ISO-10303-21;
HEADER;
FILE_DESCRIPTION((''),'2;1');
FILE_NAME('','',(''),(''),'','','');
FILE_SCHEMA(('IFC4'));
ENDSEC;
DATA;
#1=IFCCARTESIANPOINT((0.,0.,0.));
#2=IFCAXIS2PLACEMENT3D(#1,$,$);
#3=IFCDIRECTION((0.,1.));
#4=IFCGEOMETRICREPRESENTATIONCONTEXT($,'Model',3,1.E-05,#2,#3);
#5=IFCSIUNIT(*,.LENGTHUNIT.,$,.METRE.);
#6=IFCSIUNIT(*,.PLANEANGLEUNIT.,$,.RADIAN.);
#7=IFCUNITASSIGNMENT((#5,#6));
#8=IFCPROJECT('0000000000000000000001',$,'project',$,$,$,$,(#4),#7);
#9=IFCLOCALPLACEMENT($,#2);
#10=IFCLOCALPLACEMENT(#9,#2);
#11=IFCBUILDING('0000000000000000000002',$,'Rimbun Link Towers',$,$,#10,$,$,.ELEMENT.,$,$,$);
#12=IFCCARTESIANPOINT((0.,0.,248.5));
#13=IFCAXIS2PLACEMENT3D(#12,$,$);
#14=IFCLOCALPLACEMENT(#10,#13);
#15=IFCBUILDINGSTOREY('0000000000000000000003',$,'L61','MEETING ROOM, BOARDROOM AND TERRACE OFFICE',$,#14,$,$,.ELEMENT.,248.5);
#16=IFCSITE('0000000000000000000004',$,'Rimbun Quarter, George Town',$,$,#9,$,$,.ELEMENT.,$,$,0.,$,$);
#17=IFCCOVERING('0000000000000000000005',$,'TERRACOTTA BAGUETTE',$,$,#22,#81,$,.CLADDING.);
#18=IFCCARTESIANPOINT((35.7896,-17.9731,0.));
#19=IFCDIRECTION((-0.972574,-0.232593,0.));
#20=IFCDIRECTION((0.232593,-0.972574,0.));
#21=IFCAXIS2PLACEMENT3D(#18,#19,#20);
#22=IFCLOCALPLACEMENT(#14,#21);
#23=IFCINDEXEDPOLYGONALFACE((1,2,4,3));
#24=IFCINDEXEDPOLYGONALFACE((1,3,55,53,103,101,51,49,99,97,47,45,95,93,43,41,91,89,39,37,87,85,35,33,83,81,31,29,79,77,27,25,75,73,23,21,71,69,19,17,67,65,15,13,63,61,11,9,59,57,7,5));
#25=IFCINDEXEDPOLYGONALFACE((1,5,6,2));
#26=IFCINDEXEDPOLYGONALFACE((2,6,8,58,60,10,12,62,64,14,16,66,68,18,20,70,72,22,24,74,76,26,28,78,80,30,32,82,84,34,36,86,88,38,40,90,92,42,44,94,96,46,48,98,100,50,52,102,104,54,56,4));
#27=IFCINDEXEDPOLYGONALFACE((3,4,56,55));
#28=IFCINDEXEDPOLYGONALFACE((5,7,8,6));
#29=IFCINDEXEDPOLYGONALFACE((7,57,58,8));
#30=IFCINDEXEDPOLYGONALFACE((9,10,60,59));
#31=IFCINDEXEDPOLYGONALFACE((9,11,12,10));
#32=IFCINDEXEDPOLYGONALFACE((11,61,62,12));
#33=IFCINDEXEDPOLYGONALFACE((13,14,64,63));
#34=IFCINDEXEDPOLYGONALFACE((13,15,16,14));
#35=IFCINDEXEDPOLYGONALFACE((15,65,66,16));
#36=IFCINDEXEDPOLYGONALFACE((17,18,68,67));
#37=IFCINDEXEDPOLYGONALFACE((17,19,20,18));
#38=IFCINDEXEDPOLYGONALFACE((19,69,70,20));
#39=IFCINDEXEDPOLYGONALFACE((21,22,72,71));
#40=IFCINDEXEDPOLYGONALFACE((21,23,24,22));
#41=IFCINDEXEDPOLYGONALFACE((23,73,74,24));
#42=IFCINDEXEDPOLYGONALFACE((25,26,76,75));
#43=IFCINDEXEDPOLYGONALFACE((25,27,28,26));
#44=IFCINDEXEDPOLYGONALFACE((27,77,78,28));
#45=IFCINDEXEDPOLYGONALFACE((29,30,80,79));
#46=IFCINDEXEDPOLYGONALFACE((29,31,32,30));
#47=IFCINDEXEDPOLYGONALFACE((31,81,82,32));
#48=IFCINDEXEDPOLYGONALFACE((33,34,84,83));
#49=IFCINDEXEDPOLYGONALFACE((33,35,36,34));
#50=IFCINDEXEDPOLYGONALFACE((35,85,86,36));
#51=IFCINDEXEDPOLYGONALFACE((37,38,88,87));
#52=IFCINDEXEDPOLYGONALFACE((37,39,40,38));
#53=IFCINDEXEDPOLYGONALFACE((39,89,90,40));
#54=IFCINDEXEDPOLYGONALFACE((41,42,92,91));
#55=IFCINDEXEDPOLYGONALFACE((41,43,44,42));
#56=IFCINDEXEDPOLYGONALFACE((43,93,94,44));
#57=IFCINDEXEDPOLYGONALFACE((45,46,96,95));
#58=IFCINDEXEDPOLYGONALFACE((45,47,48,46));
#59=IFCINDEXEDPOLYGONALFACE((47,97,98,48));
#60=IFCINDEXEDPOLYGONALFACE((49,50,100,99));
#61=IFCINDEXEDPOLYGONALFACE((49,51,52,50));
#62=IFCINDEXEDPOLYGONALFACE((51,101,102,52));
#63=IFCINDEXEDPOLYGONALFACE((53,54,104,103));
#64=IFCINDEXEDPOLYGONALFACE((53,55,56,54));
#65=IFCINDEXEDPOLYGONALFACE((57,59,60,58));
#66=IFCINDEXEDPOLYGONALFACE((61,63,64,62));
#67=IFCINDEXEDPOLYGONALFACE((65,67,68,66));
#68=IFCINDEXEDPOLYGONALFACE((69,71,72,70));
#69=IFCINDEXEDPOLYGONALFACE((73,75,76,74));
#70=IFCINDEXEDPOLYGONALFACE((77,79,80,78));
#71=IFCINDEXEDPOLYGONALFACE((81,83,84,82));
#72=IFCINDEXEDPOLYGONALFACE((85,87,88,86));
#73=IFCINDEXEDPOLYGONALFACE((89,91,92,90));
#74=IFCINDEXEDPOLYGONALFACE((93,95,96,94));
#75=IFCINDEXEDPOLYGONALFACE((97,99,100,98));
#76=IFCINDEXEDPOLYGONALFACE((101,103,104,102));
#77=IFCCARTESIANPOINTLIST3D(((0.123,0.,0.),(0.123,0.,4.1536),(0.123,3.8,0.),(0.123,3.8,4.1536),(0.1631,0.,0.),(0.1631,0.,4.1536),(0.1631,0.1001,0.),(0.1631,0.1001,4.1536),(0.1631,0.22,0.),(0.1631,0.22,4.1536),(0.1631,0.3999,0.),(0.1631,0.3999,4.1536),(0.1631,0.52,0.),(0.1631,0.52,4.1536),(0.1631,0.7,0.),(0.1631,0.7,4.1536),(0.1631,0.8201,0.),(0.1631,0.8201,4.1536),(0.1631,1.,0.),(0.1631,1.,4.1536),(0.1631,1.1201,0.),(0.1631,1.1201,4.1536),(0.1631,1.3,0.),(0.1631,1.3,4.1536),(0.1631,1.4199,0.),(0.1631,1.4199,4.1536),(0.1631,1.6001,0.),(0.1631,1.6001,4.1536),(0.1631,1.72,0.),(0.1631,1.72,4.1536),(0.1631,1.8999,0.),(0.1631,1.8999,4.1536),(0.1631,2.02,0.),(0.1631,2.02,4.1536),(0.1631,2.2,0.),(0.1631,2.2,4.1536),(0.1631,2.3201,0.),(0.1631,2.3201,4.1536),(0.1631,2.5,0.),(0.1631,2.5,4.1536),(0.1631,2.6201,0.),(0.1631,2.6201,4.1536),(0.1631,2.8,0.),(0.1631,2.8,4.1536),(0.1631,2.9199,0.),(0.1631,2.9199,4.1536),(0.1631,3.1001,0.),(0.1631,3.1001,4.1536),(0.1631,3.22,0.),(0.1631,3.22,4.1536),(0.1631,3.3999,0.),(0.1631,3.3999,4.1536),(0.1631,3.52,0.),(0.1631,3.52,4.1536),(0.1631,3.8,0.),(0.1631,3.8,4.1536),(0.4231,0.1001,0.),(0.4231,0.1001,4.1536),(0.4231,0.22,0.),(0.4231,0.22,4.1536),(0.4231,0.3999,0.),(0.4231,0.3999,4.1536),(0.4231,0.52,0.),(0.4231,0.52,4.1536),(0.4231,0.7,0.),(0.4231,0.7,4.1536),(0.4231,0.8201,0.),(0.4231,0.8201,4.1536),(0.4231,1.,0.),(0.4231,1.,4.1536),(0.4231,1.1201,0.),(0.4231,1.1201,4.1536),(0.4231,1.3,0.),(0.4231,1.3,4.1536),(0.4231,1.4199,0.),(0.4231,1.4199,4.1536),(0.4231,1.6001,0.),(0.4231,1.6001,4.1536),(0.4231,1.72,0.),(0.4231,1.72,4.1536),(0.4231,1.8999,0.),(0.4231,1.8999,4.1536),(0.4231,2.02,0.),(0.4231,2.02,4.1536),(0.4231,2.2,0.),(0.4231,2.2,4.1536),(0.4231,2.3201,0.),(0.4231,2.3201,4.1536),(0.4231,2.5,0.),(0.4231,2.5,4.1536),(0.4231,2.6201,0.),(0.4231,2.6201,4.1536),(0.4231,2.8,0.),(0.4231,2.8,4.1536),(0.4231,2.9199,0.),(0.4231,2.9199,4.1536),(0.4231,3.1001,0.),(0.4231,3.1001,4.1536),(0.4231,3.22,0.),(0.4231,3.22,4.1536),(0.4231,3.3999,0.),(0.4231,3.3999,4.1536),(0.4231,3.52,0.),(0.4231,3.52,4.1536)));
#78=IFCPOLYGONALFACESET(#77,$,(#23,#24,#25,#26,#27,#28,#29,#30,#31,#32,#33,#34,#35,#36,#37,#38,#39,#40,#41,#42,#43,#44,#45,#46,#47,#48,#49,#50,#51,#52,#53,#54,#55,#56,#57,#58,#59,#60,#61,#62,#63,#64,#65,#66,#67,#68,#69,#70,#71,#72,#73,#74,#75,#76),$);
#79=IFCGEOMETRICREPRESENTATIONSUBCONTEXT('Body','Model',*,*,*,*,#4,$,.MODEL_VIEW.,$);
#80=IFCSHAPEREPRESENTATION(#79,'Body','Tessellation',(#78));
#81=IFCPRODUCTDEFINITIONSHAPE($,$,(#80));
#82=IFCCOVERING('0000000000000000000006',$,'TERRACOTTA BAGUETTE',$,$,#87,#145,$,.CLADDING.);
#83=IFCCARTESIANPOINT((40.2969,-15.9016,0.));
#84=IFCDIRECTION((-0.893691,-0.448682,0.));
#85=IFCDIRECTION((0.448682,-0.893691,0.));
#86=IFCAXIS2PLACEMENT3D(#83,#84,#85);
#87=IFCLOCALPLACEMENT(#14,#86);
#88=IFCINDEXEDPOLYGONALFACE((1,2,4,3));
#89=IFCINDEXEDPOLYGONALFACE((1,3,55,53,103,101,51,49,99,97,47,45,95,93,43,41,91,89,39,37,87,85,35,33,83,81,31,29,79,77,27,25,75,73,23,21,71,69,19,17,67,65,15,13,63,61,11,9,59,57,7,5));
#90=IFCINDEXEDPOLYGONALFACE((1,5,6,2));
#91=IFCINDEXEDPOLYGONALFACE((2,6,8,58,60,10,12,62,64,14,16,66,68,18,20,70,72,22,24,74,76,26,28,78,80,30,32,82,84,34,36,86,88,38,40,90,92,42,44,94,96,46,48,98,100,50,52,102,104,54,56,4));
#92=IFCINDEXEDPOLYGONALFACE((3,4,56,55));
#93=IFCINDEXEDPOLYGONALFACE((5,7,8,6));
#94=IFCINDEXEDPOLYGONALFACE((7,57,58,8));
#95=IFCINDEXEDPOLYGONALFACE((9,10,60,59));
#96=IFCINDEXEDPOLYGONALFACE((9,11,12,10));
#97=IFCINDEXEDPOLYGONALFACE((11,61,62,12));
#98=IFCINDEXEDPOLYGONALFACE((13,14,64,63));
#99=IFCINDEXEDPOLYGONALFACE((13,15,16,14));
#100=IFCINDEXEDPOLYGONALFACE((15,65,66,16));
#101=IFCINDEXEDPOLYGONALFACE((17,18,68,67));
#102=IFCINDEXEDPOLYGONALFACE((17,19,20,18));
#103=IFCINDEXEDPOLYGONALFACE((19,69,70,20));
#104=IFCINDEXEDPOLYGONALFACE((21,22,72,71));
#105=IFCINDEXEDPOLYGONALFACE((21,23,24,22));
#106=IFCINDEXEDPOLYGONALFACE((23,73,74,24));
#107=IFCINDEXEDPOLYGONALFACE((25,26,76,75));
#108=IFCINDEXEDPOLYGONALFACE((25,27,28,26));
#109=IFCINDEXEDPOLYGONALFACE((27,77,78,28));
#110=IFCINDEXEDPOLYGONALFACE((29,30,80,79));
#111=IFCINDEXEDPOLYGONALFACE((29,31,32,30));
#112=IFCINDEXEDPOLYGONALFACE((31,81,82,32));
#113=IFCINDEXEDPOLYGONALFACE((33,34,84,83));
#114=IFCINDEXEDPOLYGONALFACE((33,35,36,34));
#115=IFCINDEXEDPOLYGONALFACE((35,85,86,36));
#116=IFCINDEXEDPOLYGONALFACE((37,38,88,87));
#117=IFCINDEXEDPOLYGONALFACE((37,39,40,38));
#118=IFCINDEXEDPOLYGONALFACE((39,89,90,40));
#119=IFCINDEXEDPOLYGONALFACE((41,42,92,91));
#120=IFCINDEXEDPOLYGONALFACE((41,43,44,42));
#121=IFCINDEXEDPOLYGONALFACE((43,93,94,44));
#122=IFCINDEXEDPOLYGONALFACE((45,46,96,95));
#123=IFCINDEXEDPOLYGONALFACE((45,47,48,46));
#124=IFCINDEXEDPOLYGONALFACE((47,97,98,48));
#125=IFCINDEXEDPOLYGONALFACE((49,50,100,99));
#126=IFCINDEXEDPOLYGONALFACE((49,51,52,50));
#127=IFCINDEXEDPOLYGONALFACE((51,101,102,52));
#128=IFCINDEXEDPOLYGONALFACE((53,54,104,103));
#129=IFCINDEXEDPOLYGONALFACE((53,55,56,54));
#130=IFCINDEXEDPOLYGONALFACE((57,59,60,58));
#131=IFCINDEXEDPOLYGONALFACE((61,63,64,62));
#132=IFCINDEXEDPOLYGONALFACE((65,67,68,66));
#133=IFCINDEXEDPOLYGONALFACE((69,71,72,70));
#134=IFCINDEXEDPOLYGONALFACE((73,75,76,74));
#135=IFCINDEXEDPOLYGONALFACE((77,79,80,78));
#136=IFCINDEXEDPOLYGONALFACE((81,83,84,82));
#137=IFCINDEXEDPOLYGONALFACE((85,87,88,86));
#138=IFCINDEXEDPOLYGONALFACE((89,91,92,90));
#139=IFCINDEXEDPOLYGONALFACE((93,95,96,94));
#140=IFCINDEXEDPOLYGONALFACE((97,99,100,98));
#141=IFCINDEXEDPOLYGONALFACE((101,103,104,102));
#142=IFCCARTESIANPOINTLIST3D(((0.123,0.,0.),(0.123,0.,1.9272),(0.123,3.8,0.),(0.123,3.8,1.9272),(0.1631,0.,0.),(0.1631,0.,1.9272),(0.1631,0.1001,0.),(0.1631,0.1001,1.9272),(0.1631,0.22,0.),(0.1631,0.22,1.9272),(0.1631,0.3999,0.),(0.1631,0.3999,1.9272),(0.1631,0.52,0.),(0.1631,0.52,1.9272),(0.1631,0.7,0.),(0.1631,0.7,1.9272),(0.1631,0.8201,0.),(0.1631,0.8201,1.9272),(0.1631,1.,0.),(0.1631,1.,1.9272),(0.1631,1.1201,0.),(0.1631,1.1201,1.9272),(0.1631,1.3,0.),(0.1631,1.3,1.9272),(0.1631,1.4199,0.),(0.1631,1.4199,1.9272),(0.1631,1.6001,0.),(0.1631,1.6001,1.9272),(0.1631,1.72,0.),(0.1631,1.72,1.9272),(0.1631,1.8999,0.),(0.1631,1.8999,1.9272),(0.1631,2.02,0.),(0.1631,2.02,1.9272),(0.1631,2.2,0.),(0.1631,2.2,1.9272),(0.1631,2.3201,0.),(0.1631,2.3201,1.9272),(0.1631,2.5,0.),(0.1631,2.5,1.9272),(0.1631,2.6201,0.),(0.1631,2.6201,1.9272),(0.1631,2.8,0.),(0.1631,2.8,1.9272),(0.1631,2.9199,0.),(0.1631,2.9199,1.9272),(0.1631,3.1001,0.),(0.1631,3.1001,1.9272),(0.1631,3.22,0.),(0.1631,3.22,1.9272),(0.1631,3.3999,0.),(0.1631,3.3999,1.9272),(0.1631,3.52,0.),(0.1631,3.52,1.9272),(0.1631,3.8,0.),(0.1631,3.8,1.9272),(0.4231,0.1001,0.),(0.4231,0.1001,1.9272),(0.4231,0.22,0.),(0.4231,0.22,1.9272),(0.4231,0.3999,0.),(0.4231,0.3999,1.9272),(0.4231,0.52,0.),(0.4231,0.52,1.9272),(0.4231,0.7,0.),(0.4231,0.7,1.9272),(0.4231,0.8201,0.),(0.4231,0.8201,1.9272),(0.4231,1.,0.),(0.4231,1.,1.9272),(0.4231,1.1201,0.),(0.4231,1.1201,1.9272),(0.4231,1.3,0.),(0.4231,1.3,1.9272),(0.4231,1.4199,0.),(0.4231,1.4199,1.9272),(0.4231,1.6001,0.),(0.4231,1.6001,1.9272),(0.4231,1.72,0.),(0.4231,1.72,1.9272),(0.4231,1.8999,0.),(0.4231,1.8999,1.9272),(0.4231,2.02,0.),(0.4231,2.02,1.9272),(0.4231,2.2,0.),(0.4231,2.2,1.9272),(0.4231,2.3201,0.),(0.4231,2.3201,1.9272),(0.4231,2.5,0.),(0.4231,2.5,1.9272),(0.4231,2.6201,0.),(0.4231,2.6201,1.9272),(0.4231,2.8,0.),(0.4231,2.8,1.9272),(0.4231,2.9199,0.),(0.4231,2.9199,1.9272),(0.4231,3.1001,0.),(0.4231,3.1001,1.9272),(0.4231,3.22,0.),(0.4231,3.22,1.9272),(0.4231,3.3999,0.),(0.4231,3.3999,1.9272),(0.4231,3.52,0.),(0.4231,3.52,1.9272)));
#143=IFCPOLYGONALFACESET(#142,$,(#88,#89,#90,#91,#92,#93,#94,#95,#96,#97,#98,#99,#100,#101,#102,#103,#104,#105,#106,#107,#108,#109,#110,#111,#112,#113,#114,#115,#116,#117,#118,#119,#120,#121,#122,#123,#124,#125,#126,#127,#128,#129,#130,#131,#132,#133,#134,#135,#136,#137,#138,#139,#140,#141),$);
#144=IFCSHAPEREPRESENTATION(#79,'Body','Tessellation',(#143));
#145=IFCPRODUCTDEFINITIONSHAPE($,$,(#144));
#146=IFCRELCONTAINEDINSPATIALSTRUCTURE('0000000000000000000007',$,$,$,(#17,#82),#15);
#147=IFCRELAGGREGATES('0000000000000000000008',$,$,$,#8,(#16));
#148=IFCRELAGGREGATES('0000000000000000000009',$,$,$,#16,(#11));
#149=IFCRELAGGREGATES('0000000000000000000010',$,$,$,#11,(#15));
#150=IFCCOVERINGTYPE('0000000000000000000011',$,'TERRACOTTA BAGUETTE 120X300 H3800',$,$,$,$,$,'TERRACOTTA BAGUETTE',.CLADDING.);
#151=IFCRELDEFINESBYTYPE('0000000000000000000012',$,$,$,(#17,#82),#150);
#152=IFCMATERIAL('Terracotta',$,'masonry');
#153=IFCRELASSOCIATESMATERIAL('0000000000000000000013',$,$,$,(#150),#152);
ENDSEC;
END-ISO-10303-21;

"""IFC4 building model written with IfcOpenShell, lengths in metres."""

from ifc_helpers import new_model, si_unit, direction, frame, origin, place, context, subcontext, project, spatial, polyline, outline, extrude, material, material_profile, profile_set, type_object, element, save


model = new_model("IFC4")

# Units and contexts
model_context = context("Model", 3, precision=1e-05, world=origin(), true_north=direction((0.0, 1.0)))
body_context = subcontext(model_context, "Body", "Model", "MODEL_VIEW")
ifc_project = project(units=[si_unit("LENGTHUNIT", "METRE"), si_unit("PLANEANGLEUNIT", "RADIAN")], contexts=[model_context])

# Site, building, storey
site_placement = place(None, origin())
site = spatial("IfcSite", under=ifc_project, at=site_placement, Name="Rimbun Quarter, George Town", CompositionType="ELEMENT", RefElevation=0.0)
building_placement = place(site_placement, origin())
building = spatial("IfcBuilding", under=site, at=building_placement, Name="Rimbun Link Towers", CompositionType="ELEMENT")
storey_placement = place(building_placement, frame((0.0, 0.0, 248.5)))
storey = spatial("IfcBuildingStorey", under=building, at=storey_placement, Name="L61", Description="MEETING ROOM, BOARDROOM AND TERRACE OFFICE", CompositionType="ELEMENT", Elevation=248.5)

# Coverings
ifc_material_1 = material(Name="Terracotta", Category="masonry")
ifc_material_profile_1 = material_profile(ifc_material_1, outline(polyline([(0.123, 0.0), (0.1631, 0.0), (0.1631, 0.1001), (0.4231, 0.1001), (0.4231, 0.22), (0.1631, 0.22), (0.1631, 0.3999), (0.4231, 0.3999), (0.4231, 0.52), (0.1631, 0.52), (0.1631, 0.7), (0.4231, 0.7), (0.4231, 0.8201), (0.1631, 0.8201), (0.1631, 1.0), (0.4231, 1.0), (0.4231, 1.1201), (0.1631, 1.1201), (0.1631, 1.3), (0.4231, 1.3), (0.4231, 1.4199), (0.1631, 1.4199), (0.1631, 1.6001), (0.4231, 1.6001), (0.4231, 1.72), (0.1631, 1.72), (0.1631, 1.8999), (0.4231, 1.8999), (0.4231, 2.02), (0.1631, 2.02), (0.1631, 2.2), (0.4231, 2.2), (0.4231, 2.3201), (0.1631, 2.3201), (0.1631, 2.5), (0.4231, 2.5), (0.4231, 2.6201), (0.1631, 2.6201), (0.1631, 2.8), (0.4231, 2.8), (0.4231, 2.9199), (0.1631, 2.9199), (0.1631, 3.1001), (0.4231, 3.1001), (0.4231, 3.22), (0.1631, 3.22), (0.1631, 3.3999), (0.4231, 3.3999), (0.4231, 3.52), (0.1631, 3.52), (0.1631, 3.8), (0.123, 3.8), (0.123, 0.0)])), Name="BAGUETTE 120X300")
ifc_profile_set_1 = profile_set([ifc_material_profile_1], Name="Terracotta")
covering_type = type_object("IfcCoveringType", Name="TERRACOTTA BAGUETTE 120X300 H3800", ElementType="TERRACOTTA BAGUETTE", PredefinedType="CLADDING", material=ifc_profile_set_1)
covering_1_placement = place(storey_placement, frame((35.7896, -17.9731, 0.0), z_axis=(-0.972574, -0.232593, 0.0), x_axis=(0.232593, -0.972574, 0.0)))
element("IfcCovering", 1, at=covering_1_placement, inside=storey, type_object=covering_type, Name="TERRACOTTA BAGUETTE", PredefinedType="CLADDING", context=body_context, shape_type="SweptSolid", body=[
    extrude(outline(polyline([(0.123, 0.0), (0.1631, 0.0), (0.1631, 0.1001), (0.4231, 0.1001), (0.4231, 0.22), (0.1631, 0.22), (0.1631, 0.3999), (0.4231, 0.3999), (0.4231, 0.52), (0.1631, 0.52), (0.1631, 0.7), (0.4231, 0.7), (0.4231, 0.8201), (0.1631, 0.8201), (0.1631, 1.0), (0.4231, 1.0), (0.4231, 1.1201), (0.1631, 1.1201), (0.1631, 1.3), (0.4231, 1.3), (0.4231, 1.4199), (0.1631, 1.4199), (0.1631, 1.6001), (0.4231, 1.6001), (0.4231, 1.72), (0.1631, 1.72), (0.1631, 1.8999), (0.4231, 1.8999), (0.4231, 2.02), (0.1631, 2.02), (0.1631, 2.2), (0.4231, 2.2), (0.4231, 2.3201), (0.1631, 2.3201), (0.1631, 2.5), (0.4231, 2.5), (0.4231, 2.6201), (0.1631, 2.6201), (0.1631, 2.8), (0.4231, 2.8), (0.4231, 2.9199), (0.1631, 2.9199), (0.1631, 3.1001), (0.4231, 3.1001), (0.4231, 3.22), (0.1631, 3.22), (0.1631, 3.3999), (0.4231, 3.3999), (0.4231, 3.52), (0.1631, 3.52), (0.1631, 3.8), (0.123, 3.8), (0.123, 0.0)])), origin(), (0.0, 0.0, 1.0), 4.1536),
])
covering_2_placement = place(storey_placement, frame((40.2969, -15.9016, 0.0), z_axis=(-0.893691, -0.448682, 0.0), x_axis=(0.448682, -0.893691, 0.0)))
element("IfcCovering", 2, at=covering_2_placement, inside=storey, type_object=covering_type, Name="TERRACOTTA BAGUETTE", PredefinedType="CLADDING", context=body_context, shape_type="SweptSolid", body=[
    extrude(outline(polyline([(0.123, 0.0), (0.1631, 0.0), (0.1631, 0.1001), (0.4231, 0.1001), (0.4231, 0.22), (0.1631, 0.22), (0.1631, 0.3999), (0.4231, 0.3999), (0.4231, 0.52), (0.1631, 0.52), (0.1631, 0.7), (0.4231, 0.7), (0.4231, 0.8201), (0.1631, 0.8201), (0.1631, 1.0), (0.4231, 1.0), (0.4231, 1.1201), (0.1631, 1.1201), (0.1631, 1.3), (0.4231, 1.3), (0.4231, 1.4199), (0.1631, 1.4199), (0.1631, 1.6001), (0.4231, 1.6001), (0.4231, 1.72), (0.1631, 1.72), (0.1631, 1.8999), (0.4231, 1.8999), (0.4231, 2.02), (0.1631, 2.02), (0.1631, 2.2), (0.4231, 2.2), (0.4231, 2.3201), (0.1631, 2.3201), (0.1631, 2.5), (0.4231, 2.5), (0.4231, 2.6201), (0.1631, 2.6201), (0.1631, 2.8), (0.4231, 2.8), (0.4231, 2.9199), (0.1631, 2.9199), (0.1631, 3.1001), (0.4231, 3.1001), (0.4231, 3.22), (0.1631, 3.22), (0.1631, 3.3999), (0.4231, 3.3999), (0.4231, 3.52), (0.1631, 3.52), (0.1631, 3.8), (0.123, 3.8), (0.123, 0.0)])), origin(), (0.0, 0.0, 1.0), 1.9272),
])

save(model, "model.ifc")
